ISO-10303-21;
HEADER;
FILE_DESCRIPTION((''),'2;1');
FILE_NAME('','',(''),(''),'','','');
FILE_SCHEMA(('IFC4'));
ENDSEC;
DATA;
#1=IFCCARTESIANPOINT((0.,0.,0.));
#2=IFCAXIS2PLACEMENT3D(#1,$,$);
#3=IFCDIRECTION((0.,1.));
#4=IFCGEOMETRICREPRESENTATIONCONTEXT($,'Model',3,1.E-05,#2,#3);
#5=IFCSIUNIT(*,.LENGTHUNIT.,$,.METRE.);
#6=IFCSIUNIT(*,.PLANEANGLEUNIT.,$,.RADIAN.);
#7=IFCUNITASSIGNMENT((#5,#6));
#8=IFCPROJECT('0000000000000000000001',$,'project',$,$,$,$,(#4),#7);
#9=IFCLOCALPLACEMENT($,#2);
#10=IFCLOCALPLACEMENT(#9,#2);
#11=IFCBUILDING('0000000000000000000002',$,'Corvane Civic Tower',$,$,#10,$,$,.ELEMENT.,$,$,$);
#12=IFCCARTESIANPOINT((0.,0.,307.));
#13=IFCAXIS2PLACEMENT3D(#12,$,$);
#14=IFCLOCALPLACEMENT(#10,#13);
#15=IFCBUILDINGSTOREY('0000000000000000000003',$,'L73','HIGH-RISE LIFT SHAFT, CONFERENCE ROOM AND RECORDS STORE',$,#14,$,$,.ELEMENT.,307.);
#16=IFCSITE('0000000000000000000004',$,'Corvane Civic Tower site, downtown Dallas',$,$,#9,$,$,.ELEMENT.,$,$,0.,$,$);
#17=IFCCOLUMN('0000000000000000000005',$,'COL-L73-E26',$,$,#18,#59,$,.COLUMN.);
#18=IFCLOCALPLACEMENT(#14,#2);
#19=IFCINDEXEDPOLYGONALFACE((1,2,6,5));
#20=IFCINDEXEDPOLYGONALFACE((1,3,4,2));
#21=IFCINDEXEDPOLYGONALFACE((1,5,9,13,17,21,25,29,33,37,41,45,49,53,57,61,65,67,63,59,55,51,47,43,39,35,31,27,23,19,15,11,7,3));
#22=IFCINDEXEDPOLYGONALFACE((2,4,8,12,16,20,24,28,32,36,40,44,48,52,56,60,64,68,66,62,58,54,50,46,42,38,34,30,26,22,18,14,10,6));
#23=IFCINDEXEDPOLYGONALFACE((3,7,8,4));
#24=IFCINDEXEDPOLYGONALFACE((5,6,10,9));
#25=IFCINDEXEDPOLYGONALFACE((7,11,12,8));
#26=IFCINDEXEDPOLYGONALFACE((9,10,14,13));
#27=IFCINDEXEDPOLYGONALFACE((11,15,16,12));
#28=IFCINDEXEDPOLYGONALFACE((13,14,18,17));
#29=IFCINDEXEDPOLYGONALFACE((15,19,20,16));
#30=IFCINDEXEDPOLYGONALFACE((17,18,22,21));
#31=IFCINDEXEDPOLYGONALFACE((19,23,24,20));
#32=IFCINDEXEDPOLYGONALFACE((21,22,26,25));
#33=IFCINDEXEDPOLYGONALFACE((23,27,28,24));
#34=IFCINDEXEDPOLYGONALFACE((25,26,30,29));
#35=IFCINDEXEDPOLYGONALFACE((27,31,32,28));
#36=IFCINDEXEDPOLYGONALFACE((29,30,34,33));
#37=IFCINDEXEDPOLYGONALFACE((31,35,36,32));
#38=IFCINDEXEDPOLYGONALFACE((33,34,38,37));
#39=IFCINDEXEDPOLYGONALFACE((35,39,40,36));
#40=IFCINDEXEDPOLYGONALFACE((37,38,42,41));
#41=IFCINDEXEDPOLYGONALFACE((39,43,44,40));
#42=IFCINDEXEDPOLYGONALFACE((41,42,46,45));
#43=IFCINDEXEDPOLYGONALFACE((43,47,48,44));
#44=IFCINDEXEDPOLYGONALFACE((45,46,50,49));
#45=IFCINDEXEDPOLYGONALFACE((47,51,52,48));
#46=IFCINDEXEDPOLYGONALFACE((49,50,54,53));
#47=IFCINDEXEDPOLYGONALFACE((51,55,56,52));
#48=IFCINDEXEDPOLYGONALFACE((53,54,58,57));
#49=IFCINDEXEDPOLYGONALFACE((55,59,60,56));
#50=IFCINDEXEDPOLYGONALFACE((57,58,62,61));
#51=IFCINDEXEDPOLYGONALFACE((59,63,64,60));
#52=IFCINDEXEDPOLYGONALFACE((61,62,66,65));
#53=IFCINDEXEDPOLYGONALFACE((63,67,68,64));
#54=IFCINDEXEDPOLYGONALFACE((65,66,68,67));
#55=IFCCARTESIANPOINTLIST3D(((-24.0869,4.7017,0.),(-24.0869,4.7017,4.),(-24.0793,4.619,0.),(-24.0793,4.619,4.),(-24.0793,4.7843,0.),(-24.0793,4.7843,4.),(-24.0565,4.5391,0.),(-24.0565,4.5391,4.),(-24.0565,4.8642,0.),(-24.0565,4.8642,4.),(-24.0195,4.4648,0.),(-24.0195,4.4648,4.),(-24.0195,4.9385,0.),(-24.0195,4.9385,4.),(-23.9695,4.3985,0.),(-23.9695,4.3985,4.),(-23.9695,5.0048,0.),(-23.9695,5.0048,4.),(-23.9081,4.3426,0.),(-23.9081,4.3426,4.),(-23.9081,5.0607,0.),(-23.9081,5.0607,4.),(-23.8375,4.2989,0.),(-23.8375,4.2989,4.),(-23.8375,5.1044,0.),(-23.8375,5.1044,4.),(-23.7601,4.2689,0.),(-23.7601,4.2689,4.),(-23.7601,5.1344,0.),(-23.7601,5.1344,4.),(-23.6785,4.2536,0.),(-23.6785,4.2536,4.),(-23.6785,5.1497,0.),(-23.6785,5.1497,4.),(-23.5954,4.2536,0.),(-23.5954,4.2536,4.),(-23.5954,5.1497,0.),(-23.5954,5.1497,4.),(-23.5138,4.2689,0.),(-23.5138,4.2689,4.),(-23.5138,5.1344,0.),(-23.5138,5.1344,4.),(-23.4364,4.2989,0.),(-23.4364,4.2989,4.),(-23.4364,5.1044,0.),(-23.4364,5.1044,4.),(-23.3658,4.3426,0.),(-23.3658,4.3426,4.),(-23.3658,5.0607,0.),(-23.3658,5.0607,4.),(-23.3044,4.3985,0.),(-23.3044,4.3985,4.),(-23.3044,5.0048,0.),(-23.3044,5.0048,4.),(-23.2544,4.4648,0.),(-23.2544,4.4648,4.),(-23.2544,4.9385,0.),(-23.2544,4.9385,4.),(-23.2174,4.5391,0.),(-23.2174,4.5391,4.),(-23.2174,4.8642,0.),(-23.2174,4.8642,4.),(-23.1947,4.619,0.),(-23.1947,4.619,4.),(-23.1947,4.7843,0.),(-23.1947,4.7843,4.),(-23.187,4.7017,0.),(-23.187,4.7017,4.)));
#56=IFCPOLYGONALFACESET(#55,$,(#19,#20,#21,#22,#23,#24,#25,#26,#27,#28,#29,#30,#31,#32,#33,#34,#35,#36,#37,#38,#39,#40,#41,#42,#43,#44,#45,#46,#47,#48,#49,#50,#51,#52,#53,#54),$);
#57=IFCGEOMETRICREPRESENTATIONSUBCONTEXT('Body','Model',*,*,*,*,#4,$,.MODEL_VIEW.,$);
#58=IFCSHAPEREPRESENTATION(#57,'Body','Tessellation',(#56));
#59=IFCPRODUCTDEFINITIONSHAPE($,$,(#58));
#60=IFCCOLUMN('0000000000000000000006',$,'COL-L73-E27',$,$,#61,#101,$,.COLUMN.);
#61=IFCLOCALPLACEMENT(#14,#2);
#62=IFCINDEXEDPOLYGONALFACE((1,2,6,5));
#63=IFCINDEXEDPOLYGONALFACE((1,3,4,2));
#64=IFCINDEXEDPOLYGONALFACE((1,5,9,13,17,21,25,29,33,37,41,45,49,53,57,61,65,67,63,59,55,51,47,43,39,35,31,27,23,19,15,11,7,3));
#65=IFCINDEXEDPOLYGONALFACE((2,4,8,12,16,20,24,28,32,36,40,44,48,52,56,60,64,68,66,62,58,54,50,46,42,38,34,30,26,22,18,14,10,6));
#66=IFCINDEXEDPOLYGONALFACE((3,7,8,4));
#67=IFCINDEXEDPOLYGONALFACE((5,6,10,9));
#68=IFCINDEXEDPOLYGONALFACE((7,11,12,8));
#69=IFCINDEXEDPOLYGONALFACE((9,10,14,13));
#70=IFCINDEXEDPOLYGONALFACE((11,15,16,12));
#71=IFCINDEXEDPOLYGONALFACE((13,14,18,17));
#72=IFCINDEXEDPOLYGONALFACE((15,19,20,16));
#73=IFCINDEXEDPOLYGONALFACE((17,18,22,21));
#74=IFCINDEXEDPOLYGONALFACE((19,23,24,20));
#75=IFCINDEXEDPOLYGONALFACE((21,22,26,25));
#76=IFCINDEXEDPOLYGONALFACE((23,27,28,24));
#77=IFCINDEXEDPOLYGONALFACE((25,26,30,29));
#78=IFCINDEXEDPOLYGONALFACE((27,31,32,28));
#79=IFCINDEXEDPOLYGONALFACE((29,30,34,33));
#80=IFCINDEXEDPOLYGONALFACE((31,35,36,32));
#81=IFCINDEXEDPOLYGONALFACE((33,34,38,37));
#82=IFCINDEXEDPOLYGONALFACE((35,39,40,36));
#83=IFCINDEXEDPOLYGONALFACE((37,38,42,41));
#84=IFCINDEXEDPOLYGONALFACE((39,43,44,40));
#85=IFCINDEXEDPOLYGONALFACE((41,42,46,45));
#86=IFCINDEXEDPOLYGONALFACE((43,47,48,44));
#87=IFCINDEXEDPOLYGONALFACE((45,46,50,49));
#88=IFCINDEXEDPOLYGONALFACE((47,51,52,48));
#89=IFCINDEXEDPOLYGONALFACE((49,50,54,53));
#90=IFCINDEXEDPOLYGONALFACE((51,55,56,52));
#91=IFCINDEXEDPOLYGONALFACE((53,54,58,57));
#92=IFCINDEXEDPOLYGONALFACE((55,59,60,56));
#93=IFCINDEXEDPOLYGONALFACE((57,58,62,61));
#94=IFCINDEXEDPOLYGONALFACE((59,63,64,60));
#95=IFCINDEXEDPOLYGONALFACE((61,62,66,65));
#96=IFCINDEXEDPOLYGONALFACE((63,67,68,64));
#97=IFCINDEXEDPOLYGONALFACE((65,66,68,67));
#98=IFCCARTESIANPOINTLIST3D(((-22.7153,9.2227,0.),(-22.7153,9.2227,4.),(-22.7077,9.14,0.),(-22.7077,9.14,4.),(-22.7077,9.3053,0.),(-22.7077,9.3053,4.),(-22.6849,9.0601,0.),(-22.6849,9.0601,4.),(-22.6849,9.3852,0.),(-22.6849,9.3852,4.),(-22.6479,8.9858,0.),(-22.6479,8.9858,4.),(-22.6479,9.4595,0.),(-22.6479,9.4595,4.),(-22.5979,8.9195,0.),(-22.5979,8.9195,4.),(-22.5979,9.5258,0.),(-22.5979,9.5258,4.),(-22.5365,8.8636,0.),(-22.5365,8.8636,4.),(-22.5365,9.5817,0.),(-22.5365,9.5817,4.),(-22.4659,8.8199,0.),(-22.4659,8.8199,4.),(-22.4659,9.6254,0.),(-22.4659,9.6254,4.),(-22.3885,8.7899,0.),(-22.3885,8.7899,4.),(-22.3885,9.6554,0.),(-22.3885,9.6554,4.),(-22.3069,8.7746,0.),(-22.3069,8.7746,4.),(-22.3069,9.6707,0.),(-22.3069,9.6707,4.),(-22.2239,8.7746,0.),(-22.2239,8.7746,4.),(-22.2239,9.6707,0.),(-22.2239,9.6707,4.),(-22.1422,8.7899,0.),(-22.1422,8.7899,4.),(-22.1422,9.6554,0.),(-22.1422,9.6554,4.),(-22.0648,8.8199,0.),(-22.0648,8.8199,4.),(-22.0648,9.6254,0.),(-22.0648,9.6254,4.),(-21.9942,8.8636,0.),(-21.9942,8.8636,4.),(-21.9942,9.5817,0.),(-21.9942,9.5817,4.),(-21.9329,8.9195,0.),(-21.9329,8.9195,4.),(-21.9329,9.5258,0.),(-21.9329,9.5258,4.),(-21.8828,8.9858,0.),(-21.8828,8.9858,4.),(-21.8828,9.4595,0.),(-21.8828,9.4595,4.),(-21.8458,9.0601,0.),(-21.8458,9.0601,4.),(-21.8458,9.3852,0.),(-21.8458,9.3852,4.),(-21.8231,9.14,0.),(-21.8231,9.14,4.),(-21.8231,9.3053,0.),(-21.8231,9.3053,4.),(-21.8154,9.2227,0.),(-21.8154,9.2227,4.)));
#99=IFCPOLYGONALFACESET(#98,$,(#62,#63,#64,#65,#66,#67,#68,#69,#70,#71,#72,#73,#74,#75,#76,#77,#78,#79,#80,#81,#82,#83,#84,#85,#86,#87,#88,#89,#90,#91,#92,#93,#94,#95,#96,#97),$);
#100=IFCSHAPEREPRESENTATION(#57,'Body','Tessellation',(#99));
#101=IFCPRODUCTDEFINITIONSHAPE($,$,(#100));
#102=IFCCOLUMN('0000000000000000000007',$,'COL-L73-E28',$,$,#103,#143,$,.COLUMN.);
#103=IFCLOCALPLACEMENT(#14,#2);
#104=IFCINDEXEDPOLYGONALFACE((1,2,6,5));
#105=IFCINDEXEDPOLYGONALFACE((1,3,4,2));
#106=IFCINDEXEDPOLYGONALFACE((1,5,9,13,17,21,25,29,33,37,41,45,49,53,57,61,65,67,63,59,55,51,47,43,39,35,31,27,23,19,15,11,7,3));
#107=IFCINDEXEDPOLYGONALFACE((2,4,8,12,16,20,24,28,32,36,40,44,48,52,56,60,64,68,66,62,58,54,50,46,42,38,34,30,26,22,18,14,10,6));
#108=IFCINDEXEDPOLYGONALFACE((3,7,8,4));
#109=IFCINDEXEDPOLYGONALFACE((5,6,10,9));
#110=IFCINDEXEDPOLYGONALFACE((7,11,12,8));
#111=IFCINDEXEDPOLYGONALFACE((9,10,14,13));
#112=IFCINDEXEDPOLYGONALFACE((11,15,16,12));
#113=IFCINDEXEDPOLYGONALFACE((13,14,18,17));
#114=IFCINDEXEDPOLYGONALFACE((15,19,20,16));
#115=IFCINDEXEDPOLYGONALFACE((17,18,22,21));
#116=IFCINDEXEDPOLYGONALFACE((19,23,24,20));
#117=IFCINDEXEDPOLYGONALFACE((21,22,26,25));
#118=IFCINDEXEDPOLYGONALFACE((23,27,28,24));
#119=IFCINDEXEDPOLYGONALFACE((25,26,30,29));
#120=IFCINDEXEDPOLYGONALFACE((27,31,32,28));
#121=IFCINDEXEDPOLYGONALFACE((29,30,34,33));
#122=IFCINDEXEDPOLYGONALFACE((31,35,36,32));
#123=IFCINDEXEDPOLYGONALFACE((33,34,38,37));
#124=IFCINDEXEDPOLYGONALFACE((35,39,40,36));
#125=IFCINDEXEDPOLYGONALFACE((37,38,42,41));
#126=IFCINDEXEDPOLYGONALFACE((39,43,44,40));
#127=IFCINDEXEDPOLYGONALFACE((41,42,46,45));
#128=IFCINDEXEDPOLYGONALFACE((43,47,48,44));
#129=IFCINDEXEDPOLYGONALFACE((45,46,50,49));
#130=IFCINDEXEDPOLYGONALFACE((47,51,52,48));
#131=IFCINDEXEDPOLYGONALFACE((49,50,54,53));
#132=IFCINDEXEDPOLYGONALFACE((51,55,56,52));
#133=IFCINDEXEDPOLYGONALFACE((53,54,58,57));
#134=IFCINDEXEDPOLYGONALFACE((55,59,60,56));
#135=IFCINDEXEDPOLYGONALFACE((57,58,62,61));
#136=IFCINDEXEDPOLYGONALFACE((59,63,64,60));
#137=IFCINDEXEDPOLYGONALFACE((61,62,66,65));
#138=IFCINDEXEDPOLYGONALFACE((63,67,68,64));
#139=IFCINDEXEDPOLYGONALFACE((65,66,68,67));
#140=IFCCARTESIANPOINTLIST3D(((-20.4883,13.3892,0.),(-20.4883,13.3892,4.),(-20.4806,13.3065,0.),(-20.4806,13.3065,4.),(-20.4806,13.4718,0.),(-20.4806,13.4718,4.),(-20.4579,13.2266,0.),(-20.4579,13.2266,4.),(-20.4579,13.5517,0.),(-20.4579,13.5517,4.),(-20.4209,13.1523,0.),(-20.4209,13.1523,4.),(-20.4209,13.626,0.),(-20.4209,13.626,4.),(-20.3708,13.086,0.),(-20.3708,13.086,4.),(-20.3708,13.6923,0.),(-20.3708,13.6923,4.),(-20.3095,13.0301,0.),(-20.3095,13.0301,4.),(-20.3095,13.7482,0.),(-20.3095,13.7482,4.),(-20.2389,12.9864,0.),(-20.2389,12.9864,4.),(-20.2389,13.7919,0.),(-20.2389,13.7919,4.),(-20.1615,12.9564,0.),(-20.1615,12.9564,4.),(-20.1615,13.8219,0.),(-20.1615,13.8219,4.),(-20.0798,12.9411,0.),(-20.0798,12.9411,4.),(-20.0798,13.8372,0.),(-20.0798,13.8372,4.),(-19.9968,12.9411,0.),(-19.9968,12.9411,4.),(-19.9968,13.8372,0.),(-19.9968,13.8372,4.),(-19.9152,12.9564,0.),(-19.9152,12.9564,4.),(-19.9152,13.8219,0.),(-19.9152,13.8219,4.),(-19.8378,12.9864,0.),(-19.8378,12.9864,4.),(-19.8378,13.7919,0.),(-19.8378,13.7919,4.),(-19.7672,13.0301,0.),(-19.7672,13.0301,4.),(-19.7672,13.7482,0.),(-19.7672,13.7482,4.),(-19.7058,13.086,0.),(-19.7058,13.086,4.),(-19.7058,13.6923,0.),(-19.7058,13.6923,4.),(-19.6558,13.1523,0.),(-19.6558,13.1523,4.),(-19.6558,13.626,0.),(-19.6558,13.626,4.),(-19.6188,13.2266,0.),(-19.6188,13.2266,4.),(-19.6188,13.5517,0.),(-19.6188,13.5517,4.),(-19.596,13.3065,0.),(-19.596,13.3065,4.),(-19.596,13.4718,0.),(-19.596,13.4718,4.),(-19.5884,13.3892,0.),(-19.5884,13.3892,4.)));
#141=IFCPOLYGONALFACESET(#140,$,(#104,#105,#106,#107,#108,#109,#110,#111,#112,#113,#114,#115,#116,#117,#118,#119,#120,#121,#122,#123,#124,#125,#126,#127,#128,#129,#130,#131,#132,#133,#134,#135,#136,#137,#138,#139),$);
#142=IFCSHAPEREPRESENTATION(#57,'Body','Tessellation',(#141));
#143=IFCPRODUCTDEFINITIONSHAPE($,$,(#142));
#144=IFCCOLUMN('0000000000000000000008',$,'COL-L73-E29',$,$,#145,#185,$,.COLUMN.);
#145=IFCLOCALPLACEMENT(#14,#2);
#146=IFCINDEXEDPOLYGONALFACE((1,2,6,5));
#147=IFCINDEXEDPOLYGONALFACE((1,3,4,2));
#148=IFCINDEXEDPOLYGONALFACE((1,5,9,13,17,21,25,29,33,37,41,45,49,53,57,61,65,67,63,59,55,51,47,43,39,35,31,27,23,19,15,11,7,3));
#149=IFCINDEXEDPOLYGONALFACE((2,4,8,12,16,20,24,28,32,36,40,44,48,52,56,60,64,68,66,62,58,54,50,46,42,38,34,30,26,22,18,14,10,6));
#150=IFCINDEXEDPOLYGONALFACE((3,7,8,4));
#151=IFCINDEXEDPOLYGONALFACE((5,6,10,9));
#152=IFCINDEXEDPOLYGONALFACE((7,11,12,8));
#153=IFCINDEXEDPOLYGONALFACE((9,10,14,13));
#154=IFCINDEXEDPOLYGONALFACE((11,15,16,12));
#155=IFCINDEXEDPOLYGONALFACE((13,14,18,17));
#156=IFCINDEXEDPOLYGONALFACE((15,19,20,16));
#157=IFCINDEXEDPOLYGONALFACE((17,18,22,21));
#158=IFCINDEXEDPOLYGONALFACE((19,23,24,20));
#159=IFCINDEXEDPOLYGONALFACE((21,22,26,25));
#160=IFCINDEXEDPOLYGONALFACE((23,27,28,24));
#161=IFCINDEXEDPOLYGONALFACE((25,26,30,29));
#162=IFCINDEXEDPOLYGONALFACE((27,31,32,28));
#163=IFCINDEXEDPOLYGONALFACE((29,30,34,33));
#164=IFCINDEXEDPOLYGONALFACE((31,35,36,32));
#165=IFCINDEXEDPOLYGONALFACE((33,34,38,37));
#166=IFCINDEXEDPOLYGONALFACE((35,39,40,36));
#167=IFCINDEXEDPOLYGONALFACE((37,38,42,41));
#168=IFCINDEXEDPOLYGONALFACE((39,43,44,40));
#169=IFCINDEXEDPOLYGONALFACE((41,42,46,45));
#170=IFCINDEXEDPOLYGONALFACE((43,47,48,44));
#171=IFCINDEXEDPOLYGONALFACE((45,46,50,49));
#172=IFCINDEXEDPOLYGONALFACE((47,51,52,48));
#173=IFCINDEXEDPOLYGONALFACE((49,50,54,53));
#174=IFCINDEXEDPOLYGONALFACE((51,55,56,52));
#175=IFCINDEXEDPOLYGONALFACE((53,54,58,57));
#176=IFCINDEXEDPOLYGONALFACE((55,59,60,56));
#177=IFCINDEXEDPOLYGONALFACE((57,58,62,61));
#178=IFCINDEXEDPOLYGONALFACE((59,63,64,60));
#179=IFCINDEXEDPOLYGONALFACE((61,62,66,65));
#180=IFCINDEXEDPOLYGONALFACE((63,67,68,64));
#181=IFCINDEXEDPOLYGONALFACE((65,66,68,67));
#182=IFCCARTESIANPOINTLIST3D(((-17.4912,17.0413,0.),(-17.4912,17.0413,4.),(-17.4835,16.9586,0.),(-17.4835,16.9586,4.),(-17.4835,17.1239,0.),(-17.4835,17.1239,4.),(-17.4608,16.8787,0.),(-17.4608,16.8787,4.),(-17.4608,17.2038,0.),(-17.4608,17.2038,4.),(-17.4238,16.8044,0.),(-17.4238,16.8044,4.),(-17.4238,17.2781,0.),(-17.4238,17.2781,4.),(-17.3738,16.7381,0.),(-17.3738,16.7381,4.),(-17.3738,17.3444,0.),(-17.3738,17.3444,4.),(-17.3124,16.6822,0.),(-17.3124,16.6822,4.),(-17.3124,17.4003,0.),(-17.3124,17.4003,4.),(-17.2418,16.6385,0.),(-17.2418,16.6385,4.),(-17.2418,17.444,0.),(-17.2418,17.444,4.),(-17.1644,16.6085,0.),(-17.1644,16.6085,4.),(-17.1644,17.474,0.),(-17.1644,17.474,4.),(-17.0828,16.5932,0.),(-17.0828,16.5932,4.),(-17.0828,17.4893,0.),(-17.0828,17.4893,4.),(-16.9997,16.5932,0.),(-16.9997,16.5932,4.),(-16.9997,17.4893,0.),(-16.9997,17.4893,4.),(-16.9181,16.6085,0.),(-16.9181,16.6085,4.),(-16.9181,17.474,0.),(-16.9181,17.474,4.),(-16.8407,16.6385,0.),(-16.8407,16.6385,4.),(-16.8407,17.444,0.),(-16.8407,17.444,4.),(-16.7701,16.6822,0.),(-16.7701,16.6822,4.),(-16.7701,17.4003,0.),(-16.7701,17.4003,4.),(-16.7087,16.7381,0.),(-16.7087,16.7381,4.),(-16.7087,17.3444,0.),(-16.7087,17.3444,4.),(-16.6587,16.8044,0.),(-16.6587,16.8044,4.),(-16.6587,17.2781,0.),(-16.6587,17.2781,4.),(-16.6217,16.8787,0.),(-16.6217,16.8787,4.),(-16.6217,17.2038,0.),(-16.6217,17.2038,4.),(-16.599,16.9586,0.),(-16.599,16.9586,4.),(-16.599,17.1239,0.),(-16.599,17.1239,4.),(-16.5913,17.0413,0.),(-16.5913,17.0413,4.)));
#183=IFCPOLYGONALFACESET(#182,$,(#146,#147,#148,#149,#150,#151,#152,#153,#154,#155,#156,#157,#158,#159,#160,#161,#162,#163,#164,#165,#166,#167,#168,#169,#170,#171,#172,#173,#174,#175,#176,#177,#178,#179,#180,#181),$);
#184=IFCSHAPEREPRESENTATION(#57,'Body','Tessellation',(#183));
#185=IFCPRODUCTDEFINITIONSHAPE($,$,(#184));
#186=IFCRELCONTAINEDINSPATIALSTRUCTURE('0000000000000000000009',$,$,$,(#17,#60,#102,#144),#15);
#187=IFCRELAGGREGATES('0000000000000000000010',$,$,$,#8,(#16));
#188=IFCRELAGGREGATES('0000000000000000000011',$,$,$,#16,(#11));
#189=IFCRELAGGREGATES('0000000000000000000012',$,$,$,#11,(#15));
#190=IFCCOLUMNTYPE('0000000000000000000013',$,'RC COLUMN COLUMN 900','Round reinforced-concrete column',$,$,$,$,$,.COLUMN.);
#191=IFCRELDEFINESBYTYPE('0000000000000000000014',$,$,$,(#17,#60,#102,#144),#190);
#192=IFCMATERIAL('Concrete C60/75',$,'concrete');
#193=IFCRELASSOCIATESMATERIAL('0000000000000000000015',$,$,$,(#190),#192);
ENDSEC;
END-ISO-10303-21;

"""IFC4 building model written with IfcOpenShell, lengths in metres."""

from ifc_helpers import new_model, si_unit, direction, frame, origin, origin_2d, place, context, subcontext, project, spatial, circle, extrude, material, material_profile, profile_set, type_object, element, save


model = new_model("IFC4")

# Units and contexts
model_context = context("Model", 3, precision=1e-05, world=origin(), true_north=direction((0.0, 1.0)))
body_context = subcontext(model_context, "Body", "Model", "MODEL_VIEW")
ifc_project = project(units=[si_unit("LENGTHUNIT", "METRE"), si_unit("PLANEANGLEUNIT", "RADIAN")], contexts=[model_context])

# Site, building, storey
site_placement = place(None, origin())
site = spatial("IfcSite", under=ifc_project, at=site_placement, Name="Corvane Civic Tower site, downtown Dallas", CompositionType="ELEMENT", RefElevation=0.0)
building_placement = place(site_placement, origin())
building = spatial("IfcBuilding", under=site, at=building_placement, Name="Corvane Civic Tower", CompositionType="ELEMENT")
storey_placement = place(building_placement, frame((0.0, 0.0, 307.0)))
storey = spatial("IfcBuildingStorey", under=building, at=storey_placement, Name="L73", Description="HIGH-RISE LIFT SHAFT, CONFERENCE ROOM AND RECORDS STORE", CompositionType="ELEMENT", Elevation=307.0)

# Columns
ifc_material_1 = material(Name="Concrete C60/75", Category="concrete")
ifc_material_profile_1 = material_profile(ifc_material_1, circle(Radius=0.45, at=origin_2d()), Name="COLUMN 900")
ifc_profile_set_1 = profile_set([ifc_material_profile_1], Name="Concrete C60/75")
column_type = type_object("IfcColumnType", Name="RC COLUMN COLUMN 900", Description="Round reinforced-concrete column", PredefinedType="COLUMN", material=ifc_profile_set_1)
for number, where, z_axis, x_axis, name in (
    (1, (-23.637, 4.7017, 0.0), (0.0, 0.0, 1.0), (1.0, 0.0, 0.0), "COL-L73-E26"),
    (2, (-22.2654, 9.2227, 0.0), (0.0, 0.0, 1.0), (1.0, 0.0, 0.0), "COL-L73-E27"),
    (3, (-20.0383, 13.3892, 0.0), (0.0, 0.0, 1.0), (1.0, 0.0, 0.0), "COL-L73-E28"),
    (4, (-17.0413, 17.0413, 0.0), (0.0, 0.0, 1.0), (1.0, 0.0, 0.0), "COL-L73-E29"),
):
    element("IfcColumn", number, at=place(storey_placement, frame(where, z_axis=z_axis, x_axis=x_axis)), inside=storey, type_object=column_type, Name=name, PredefinedType="COLUMN", context=body_context, shape_type="SweptSolid", body=[
        extrude(circle(Radius=0.45, at=origin_2d()), origin(), (0.0, 0.0, 1.0), 4.0),
    ])

save(model, "model.ifc")
